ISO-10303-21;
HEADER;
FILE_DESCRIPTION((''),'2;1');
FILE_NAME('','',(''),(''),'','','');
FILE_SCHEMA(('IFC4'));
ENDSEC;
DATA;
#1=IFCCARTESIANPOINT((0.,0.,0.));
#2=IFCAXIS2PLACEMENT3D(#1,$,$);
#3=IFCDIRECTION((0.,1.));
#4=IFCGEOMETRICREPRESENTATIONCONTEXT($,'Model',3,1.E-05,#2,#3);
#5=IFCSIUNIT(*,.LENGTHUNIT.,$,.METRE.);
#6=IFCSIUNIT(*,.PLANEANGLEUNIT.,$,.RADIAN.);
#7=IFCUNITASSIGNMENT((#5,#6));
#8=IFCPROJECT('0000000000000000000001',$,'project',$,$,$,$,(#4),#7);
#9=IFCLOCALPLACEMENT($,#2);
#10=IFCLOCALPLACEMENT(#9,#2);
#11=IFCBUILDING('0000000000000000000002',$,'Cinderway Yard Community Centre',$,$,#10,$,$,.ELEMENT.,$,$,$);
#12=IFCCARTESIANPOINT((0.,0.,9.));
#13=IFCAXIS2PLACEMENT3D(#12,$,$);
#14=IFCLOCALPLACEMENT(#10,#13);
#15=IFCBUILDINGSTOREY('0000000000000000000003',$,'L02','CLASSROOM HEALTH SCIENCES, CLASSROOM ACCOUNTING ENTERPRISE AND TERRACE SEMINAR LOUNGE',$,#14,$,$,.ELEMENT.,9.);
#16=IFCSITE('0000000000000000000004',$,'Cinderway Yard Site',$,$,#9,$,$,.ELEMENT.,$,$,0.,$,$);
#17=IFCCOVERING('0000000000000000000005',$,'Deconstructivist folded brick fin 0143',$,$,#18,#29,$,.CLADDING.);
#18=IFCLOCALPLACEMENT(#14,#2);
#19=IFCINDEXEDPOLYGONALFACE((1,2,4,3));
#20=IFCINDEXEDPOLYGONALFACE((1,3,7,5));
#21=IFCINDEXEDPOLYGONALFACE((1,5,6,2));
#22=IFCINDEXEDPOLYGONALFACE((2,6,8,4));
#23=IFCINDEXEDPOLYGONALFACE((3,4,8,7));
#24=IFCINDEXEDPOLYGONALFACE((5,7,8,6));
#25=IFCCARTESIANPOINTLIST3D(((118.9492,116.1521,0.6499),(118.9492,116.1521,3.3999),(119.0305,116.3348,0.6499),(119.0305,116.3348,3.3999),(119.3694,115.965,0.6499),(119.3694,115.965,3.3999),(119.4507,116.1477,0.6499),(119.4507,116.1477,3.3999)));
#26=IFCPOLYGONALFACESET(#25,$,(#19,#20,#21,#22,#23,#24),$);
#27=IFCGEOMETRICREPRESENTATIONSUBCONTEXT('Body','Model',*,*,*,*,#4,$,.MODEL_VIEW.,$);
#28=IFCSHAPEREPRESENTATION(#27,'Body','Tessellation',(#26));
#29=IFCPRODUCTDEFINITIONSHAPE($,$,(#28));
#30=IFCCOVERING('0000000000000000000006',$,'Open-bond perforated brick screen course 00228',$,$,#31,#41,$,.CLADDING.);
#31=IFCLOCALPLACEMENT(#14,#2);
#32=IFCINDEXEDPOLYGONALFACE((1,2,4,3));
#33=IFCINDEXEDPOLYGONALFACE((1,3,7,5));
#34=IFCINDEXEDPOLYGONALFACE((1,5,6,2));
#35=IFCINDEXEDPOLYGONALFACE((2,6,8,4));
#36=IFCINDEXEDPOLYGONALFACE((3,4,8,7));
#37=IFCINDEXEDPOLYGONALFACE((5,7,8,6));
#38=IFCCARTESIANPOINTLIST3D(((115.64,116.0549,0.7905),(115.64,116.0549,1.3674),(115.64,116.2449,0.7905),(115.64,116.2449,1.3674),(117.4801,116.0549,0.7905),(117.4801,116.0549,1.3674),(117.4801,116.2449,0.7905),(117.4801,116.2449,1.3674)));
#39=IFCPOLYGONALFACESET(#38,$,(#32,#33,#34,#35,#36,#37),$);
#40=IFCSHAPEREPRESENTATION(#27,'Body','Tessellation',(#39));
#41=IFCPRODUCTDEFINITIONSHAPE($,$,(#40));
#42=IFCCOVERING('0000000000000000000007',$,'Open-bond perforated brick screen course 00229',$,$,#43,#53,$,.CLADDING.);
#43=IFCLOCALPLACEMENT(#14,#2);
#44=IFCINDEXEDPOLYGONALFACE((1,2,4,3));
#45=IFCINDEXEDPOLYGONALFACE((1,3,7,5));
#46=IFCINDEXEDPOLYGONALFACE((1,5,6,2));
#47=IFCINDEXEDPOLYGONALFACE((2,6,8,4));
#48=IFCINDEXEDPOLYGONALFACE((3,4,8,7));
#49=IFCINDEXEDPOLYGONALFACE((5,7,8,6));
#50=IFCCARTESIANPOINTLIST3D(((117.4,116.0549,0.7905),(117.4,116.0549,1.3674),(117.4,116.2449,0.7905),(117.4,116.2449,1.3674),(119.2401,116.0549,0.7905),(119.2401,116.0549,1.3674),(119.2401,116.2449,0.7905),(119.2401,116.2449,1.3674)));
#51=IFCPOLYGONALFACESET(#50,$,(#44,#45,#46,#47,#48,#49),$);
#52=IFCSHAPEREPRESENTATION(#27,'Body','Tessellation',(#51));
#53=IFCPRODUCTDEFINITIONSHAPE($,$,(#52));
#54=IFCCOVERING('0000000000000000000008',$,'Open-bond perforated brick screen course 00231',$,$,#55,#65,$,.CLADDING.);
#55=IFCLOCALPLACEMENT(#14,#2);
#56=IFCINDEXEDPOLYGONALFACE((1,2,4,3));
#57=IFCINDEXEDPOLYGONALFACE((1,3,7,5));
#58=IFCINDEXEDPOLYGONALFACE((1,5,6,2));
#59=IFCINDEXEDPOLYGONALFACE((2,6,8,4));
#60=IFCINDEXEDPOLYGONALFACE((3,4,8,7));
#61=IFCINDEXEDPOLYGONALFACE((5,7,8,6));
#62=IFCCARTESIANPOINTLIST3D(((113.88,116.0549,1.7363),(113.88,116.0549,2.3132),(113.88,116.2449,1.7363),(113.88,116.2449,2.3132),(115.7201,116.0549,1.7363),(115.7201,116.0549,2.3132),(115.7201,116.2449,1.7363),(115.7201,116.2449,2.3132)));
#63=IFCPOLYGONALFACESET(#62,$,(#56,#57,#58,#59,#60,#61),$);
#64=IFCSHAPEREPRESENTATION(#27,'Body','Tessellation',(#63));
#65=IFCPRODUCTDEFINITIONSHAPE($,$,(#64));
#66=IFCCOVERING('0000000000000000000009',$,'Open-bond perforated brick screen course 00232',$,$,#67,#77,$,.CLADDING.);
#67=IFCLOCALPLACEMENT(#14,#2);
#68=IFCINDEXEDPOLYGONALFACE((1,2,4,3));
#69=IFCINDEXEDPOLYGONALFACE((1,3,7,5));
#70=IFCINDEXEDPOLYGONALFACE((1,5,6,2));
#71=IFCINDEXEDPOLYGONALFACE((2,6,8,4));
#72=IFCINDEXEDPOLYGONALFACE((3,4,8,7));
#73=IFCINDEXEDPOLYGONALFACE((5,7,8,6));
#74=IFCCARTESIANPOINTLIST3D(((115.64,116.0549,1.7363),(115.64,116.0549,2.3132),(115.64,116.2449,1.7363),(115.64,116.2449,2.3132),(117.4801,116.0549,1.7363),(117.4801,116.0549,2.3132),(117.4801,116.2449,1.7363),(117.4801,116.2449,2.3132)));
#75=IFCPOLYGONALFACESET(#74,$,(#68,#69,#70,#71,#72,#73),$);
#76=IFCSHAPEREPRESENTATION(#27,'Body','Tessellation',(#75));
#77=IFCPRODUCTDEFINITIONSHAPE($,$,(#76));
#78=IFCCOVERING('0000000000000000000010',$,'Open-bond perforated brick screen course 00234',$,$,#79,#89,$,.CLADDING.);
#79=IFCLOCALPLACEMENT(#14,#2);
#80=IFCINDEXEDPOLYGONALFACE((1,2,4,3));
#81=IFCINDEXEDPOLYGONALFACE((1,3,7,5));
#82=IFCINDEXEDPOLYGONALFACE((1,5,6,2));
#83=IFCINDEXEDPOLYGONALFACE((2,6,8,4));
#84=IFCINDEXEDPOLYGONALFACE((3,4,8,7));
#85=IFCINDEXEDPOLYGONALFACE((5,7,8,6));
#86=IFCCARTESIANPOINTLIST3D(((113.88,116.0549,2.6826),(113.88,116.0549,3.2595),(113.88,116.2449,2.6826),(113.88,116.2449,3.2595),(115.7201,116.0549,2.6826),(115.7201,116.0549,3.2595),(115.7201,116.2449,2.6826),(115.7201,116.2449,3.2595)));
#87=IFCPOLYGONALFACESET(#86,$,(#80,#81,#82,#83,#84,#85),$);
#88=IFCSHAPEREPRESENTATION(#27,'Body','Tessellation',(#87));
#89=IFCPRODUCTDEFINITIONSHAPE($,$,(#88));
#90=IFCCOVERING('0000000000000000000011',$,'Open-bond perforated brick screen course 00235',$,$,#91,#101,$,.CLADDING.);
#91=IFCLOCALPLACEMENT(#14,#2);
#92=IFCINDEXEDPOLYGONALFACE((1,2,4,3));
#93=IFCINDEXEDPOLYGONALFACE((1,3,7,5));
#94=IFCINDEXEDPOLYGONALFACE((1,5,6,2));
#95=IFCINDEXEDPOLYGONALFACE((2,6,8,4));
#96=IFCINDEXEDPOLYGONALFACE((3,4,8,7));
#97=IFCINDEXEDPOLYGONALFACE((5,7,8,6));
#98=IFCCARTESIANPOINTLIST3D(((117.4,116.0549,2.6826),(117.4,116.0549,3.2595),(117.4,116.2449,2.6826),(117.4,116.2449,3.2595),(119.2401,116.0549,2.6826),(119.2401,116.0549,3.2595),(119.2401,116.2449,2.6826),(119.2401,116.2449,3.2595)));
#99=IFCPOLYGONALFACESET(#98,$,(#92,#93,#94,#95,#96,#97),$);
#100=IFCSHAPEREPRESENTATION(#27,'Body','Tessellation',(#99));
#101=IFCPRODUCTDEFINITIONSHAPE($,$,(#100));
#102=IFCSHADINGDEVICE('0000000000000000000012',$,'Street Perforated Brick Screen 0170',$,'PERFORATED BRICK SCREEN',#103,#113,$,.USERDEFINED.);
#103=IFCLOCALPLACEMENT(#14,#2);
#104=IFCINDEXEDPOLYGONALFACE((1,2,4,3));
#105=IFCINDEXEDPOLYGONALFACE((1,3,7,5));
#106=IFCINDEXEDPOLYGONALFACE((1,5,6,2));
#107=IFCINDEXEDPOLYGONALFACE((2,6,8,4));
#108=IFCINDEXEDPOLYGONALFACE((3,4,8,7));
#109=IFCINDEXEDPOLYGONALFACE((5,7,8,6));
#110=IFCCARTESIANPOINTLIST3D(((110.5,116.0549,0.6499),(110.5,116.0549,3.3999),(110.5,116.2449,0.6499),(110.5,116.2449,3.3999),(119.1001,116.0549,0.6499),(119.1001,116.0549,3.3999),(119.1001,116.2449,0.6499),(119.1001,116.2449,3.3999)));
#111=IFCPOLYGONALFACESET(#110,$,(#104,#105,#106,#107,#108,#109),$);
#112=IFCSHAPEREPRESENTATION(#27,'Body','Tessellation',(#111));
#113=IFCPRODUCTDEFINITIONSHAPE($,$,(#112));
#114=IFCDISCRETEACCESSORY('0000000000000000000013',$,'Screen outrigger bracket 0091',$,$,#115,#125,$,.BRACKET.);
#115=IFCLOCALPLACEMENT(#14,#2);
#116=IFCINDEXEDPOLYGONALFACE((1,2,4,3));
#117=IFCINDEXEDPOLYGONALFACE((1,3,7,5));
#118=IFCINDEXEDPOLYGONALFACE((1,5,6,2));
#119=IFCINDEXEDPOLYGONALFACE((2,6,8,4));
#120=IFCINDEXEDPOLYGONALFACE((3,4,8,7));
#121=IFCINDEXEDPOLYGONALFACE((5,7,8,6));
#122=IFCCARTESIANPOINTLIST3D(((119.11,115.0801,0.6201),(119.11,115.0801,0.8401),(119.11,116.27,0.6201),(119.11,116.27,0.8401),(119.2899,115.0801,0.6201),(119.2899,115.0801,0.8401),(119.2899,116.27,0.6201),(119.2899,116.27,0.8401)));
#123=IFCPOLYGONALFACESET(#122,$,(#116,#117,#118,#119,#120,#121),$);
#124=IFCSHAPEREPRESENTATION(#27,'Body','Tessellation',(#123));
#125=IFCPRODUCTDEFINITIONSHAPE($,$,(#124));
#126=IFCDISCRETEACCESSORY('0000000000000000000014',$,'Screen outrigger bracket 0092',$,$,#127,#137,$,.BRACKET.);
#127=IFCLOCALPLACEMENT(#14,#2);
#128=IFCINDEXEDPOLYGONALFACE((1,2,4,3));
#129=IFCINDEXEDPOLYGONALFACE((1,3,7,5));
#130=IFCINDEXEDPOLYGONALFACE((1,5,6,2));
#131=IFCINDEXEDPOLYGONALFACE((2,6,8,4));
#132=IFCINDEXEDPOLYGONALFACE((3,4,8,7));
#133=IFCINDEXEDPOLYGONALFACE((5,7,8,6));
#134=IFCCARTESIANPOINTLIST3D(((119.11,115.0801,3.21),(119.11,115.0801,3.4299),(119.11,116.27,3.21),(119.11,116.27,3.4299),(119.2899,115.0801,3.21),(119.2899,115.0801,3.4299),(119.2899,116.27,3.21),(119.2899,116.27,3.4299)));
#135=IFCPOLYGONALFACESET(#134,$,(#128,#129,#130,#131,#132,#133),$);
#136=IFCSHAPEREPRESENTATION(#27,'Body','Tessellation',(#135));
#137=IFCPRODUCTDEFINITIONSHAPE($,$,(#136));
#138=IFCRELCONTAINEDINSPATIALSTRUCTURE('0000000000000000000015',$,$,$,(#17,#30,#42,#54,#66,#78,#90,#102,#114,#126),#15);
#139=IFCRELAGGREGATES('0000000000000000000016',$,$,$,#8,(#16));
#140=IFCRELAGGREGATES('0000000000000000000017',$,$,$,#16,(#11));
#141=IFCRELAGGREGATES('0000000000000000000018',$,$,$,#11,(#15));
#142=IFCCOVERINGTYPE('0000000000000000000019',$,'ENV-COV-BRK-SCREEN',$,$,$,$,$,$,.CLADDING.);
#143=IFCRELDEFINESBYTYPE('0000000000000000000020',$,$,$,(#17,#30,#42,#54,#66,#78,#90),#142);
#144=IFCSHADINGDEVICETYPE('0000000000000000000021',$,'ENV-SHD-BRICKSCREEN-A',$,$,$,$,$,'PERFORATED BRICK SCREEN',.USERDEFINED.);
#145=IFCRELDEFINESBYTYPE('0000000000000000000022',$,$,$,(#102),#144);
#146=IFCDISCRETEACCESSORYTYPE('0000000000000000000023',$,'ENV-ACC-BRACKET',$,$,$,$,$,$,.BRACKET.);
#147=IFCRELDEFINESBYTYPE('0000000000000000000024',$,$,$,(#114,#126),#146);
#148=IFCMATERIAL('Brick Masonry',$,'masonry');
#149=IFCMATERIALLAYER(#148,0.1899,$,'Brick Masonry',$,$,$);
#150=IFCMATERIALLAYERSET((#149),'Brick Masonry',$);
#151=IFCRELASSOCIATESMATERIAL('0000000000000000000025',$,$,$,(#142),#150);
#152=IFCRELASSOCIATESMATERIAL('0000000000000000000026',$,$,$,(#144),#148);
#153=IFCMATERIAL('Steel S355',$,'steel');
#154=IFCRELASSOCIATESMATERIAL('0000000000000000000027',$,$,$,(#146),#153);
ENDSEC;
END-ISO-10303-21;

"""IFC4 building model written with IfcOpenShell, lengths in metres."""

from ifc_helpers import new_model, si_unit, direction, frame, origin, origin_2d, place, context, subcontext, project, spatial, rectangle, extrude, material, layer, layer_set, type_object, element, save


model = new_model("IFC4")

# Units and contexts
model_context = context("Model", 3, precision=1e-05, world=origin(), true_north=direction((0.0, 1.0)))
body_context = subcontext(model_context, "Body", "Model", "MODEL_VIEW")
ifc_project = project(units=[si_unit("LENGTHUNIT", "METRE"), si_unit("PLANEANGLEUNIT", "RADIAN")], contexts=[model_context])

# Site, building, storey
site_placement = place(None, origin())
site = spatial("IfcSite", under=ifc_project, at=site_placement, Name="Cinderway Yard Site", CompositionType="ELEMENT", RefElevation=0.0)
building_placement = place(site_placement, origin())
building = spatial("IfcBuilding", under=site, at=building_placement, Name="Cinderway Yard Community Centre", CompositionType="ELEMENT")
storey_placement = place(building_placement, frame((0.0, 0.0, 9.0)))
storey = spatial("IfcBuildingStorey", under=building, at=storey_placement, Name="L02", Description="CLASSROOM HEALTH SCIENCES, CLASSROOM ACCOUNTING ENTERPRISE AND TERRACE SEMINAR LOUNGE", CompositionType="ELEMENT", Elevation=9.0)

# Shared definitions
ifc_material_1 = material(Name="Steel S355", Category="steel")

# Coverings
ifc_material_2 = material(Name="Brick Masonry", Category="masonry")
ifc_layer_1 = layer(ifc_material_2, 0.1899, Name="Brick Masonry")
ifc_layer_set_1 = layer_set([ifc_layer_1], Name="Brick Masonry")
covering_type = type_object("IfcCoveringType", Name="ENV-COV-BRK-SCREEN", PredefinedType="CLADDING", material=ifc_layer_set_1)
covering_placement = place(storey_placement, frame((119.2, 116.1499, 0.6499), z_axis=(0.0, 0.0, 1.0), x_axis=(0.913545, -0.406737, 0.0)))
element("IfcCovering", 1, at=covering_placement, inside=storey, type_object=covering_type, Name="Deconstructivist folded brick fin 0143", PredefinedType="CLADDING", context=body_context, shape_type="SweptSolid", body=[
    extrude(rectangle(XDim=0.46, YDim=0.2, at=origin_2d()), origin(), (0.0, 0.0, 1.0), 2.75),
])
for number, where, z_axis, x_axis, name in (
    (2, (116.5601, 116.1499, 0.7905), (0.0, 0.0, 1.0), (1.0, 0.0, 0.0), "Open-bond perforated brick screen course 00228"),
    (3, (118.3201, 116.1499, 0.7905), (0.0, 0.0, 1.0), (1.0, 0.0, 0.0), "Open-bond perforated brick screen course 00229"),
    (4, (114.8, 116.1499, 1.7363), (0.0, 0.0, 1.0), (1.0, 0.0, 0.0), "Open-bond perforated brick screen course 00231"),
    (5, (116.5601, 116.1499, 1.7363), (0.0, 0.0, 1.0), (1.0, 0.0, 0.0), "Open-bond perforated brick screen course 00232"),
    (6, (114.8, 116.1499, 2.6826), (0.0, 0.0, 1.0), (1.0, 0.0, 0.0), "Open-bond perforated brick screen course 00234"),
    (7, (118.3201, 116.1499, 2.6826), (0.0, 0.0, 1.0), (1.0, 0.0, 0.0), "Open-bond perforated brick screen course 00235"),
):
    element("IfcCovering", number, at=place(storey_placement, frame(where, z_axis=z_axis, x_axis=x_axis)), inside=storey, type_object=covering_type, Name=name, PredefinedType="CLADDING", context=body_context, shape_type="SweptSolid", body=[
        extrude(rectangle(XDim=1.8401, YDim=0.1899, at=origin_2d()), origin(), (0.0, 0.0, 1.0), 0.5769),
    ])

# Shading device
shading_device_type = type_object("IfcShadingDeviceType", Name="ENV-SHD-BRICKSCREEN-A", ElementType="PERFORATED BRICK SCREEN", PredefinedType="USERDEFINED", material=ifc_material_2)
shading_device_placement = place(storey_placement, frame((114.8, 116.1499, 0.6499), z_axis=(0.0, 0.0, 1.0), x_axis=(1.0, 0.0, 0.0)))
element("IfcShadingDevice", 8, at=shading_device_placement, inside=storey, type_object=shading_device_type, Name="Street Perforated Brick Screen 0170", ObjectType="PERFORATED BRICK SCREEN", PredefinedType="USERDEFINED", context=body_context, shape_type="SweptSolid", body=[
    extrude(rectangle(XDim=8.6001, YDim=0.1899, at=origin_2d()), origin(), (0.0, 0.0, 1.0), 2.75),
])

# Discrete accessories
discrete_accessory_type = type_object("IfcDiscreteAccessoryType", Name="ENV-ACC-BRACKET", PredefinedType="BRACKET", material=ifc_material_1)
for number, where, z_axis, x_axis, name in (
    (9, (119.2, 115.675, 0.6201), (0.0, 0.0, 1.0), (0.0, 1.0, 0.0), "Screen outrigger bracket 0091"),
    (10, (119.2, 115.675, 3.21), (0.0, 0.0, 1.0), (0.0, 1.0, 0.0), "Screen outrigger bracket 0092"),
):
    element("IfcDiscreteAccessory", number, at=place(storey_placement, frame(where, z_axis=z_axis, x_axis=x_axis)), inside=storey, type_object=discrete_accessory_type, Name=name, PredefinedType="BRACKET", context=body_context, shape_type="SweptSolid", body=[
        extrude(rectangle(XDim=1.1899, YDim=0.1799, at=origin_2d()), origin(), (0.0, 0.0, 1.0), 0.22),
    ])

save(model, "model.ifc")
